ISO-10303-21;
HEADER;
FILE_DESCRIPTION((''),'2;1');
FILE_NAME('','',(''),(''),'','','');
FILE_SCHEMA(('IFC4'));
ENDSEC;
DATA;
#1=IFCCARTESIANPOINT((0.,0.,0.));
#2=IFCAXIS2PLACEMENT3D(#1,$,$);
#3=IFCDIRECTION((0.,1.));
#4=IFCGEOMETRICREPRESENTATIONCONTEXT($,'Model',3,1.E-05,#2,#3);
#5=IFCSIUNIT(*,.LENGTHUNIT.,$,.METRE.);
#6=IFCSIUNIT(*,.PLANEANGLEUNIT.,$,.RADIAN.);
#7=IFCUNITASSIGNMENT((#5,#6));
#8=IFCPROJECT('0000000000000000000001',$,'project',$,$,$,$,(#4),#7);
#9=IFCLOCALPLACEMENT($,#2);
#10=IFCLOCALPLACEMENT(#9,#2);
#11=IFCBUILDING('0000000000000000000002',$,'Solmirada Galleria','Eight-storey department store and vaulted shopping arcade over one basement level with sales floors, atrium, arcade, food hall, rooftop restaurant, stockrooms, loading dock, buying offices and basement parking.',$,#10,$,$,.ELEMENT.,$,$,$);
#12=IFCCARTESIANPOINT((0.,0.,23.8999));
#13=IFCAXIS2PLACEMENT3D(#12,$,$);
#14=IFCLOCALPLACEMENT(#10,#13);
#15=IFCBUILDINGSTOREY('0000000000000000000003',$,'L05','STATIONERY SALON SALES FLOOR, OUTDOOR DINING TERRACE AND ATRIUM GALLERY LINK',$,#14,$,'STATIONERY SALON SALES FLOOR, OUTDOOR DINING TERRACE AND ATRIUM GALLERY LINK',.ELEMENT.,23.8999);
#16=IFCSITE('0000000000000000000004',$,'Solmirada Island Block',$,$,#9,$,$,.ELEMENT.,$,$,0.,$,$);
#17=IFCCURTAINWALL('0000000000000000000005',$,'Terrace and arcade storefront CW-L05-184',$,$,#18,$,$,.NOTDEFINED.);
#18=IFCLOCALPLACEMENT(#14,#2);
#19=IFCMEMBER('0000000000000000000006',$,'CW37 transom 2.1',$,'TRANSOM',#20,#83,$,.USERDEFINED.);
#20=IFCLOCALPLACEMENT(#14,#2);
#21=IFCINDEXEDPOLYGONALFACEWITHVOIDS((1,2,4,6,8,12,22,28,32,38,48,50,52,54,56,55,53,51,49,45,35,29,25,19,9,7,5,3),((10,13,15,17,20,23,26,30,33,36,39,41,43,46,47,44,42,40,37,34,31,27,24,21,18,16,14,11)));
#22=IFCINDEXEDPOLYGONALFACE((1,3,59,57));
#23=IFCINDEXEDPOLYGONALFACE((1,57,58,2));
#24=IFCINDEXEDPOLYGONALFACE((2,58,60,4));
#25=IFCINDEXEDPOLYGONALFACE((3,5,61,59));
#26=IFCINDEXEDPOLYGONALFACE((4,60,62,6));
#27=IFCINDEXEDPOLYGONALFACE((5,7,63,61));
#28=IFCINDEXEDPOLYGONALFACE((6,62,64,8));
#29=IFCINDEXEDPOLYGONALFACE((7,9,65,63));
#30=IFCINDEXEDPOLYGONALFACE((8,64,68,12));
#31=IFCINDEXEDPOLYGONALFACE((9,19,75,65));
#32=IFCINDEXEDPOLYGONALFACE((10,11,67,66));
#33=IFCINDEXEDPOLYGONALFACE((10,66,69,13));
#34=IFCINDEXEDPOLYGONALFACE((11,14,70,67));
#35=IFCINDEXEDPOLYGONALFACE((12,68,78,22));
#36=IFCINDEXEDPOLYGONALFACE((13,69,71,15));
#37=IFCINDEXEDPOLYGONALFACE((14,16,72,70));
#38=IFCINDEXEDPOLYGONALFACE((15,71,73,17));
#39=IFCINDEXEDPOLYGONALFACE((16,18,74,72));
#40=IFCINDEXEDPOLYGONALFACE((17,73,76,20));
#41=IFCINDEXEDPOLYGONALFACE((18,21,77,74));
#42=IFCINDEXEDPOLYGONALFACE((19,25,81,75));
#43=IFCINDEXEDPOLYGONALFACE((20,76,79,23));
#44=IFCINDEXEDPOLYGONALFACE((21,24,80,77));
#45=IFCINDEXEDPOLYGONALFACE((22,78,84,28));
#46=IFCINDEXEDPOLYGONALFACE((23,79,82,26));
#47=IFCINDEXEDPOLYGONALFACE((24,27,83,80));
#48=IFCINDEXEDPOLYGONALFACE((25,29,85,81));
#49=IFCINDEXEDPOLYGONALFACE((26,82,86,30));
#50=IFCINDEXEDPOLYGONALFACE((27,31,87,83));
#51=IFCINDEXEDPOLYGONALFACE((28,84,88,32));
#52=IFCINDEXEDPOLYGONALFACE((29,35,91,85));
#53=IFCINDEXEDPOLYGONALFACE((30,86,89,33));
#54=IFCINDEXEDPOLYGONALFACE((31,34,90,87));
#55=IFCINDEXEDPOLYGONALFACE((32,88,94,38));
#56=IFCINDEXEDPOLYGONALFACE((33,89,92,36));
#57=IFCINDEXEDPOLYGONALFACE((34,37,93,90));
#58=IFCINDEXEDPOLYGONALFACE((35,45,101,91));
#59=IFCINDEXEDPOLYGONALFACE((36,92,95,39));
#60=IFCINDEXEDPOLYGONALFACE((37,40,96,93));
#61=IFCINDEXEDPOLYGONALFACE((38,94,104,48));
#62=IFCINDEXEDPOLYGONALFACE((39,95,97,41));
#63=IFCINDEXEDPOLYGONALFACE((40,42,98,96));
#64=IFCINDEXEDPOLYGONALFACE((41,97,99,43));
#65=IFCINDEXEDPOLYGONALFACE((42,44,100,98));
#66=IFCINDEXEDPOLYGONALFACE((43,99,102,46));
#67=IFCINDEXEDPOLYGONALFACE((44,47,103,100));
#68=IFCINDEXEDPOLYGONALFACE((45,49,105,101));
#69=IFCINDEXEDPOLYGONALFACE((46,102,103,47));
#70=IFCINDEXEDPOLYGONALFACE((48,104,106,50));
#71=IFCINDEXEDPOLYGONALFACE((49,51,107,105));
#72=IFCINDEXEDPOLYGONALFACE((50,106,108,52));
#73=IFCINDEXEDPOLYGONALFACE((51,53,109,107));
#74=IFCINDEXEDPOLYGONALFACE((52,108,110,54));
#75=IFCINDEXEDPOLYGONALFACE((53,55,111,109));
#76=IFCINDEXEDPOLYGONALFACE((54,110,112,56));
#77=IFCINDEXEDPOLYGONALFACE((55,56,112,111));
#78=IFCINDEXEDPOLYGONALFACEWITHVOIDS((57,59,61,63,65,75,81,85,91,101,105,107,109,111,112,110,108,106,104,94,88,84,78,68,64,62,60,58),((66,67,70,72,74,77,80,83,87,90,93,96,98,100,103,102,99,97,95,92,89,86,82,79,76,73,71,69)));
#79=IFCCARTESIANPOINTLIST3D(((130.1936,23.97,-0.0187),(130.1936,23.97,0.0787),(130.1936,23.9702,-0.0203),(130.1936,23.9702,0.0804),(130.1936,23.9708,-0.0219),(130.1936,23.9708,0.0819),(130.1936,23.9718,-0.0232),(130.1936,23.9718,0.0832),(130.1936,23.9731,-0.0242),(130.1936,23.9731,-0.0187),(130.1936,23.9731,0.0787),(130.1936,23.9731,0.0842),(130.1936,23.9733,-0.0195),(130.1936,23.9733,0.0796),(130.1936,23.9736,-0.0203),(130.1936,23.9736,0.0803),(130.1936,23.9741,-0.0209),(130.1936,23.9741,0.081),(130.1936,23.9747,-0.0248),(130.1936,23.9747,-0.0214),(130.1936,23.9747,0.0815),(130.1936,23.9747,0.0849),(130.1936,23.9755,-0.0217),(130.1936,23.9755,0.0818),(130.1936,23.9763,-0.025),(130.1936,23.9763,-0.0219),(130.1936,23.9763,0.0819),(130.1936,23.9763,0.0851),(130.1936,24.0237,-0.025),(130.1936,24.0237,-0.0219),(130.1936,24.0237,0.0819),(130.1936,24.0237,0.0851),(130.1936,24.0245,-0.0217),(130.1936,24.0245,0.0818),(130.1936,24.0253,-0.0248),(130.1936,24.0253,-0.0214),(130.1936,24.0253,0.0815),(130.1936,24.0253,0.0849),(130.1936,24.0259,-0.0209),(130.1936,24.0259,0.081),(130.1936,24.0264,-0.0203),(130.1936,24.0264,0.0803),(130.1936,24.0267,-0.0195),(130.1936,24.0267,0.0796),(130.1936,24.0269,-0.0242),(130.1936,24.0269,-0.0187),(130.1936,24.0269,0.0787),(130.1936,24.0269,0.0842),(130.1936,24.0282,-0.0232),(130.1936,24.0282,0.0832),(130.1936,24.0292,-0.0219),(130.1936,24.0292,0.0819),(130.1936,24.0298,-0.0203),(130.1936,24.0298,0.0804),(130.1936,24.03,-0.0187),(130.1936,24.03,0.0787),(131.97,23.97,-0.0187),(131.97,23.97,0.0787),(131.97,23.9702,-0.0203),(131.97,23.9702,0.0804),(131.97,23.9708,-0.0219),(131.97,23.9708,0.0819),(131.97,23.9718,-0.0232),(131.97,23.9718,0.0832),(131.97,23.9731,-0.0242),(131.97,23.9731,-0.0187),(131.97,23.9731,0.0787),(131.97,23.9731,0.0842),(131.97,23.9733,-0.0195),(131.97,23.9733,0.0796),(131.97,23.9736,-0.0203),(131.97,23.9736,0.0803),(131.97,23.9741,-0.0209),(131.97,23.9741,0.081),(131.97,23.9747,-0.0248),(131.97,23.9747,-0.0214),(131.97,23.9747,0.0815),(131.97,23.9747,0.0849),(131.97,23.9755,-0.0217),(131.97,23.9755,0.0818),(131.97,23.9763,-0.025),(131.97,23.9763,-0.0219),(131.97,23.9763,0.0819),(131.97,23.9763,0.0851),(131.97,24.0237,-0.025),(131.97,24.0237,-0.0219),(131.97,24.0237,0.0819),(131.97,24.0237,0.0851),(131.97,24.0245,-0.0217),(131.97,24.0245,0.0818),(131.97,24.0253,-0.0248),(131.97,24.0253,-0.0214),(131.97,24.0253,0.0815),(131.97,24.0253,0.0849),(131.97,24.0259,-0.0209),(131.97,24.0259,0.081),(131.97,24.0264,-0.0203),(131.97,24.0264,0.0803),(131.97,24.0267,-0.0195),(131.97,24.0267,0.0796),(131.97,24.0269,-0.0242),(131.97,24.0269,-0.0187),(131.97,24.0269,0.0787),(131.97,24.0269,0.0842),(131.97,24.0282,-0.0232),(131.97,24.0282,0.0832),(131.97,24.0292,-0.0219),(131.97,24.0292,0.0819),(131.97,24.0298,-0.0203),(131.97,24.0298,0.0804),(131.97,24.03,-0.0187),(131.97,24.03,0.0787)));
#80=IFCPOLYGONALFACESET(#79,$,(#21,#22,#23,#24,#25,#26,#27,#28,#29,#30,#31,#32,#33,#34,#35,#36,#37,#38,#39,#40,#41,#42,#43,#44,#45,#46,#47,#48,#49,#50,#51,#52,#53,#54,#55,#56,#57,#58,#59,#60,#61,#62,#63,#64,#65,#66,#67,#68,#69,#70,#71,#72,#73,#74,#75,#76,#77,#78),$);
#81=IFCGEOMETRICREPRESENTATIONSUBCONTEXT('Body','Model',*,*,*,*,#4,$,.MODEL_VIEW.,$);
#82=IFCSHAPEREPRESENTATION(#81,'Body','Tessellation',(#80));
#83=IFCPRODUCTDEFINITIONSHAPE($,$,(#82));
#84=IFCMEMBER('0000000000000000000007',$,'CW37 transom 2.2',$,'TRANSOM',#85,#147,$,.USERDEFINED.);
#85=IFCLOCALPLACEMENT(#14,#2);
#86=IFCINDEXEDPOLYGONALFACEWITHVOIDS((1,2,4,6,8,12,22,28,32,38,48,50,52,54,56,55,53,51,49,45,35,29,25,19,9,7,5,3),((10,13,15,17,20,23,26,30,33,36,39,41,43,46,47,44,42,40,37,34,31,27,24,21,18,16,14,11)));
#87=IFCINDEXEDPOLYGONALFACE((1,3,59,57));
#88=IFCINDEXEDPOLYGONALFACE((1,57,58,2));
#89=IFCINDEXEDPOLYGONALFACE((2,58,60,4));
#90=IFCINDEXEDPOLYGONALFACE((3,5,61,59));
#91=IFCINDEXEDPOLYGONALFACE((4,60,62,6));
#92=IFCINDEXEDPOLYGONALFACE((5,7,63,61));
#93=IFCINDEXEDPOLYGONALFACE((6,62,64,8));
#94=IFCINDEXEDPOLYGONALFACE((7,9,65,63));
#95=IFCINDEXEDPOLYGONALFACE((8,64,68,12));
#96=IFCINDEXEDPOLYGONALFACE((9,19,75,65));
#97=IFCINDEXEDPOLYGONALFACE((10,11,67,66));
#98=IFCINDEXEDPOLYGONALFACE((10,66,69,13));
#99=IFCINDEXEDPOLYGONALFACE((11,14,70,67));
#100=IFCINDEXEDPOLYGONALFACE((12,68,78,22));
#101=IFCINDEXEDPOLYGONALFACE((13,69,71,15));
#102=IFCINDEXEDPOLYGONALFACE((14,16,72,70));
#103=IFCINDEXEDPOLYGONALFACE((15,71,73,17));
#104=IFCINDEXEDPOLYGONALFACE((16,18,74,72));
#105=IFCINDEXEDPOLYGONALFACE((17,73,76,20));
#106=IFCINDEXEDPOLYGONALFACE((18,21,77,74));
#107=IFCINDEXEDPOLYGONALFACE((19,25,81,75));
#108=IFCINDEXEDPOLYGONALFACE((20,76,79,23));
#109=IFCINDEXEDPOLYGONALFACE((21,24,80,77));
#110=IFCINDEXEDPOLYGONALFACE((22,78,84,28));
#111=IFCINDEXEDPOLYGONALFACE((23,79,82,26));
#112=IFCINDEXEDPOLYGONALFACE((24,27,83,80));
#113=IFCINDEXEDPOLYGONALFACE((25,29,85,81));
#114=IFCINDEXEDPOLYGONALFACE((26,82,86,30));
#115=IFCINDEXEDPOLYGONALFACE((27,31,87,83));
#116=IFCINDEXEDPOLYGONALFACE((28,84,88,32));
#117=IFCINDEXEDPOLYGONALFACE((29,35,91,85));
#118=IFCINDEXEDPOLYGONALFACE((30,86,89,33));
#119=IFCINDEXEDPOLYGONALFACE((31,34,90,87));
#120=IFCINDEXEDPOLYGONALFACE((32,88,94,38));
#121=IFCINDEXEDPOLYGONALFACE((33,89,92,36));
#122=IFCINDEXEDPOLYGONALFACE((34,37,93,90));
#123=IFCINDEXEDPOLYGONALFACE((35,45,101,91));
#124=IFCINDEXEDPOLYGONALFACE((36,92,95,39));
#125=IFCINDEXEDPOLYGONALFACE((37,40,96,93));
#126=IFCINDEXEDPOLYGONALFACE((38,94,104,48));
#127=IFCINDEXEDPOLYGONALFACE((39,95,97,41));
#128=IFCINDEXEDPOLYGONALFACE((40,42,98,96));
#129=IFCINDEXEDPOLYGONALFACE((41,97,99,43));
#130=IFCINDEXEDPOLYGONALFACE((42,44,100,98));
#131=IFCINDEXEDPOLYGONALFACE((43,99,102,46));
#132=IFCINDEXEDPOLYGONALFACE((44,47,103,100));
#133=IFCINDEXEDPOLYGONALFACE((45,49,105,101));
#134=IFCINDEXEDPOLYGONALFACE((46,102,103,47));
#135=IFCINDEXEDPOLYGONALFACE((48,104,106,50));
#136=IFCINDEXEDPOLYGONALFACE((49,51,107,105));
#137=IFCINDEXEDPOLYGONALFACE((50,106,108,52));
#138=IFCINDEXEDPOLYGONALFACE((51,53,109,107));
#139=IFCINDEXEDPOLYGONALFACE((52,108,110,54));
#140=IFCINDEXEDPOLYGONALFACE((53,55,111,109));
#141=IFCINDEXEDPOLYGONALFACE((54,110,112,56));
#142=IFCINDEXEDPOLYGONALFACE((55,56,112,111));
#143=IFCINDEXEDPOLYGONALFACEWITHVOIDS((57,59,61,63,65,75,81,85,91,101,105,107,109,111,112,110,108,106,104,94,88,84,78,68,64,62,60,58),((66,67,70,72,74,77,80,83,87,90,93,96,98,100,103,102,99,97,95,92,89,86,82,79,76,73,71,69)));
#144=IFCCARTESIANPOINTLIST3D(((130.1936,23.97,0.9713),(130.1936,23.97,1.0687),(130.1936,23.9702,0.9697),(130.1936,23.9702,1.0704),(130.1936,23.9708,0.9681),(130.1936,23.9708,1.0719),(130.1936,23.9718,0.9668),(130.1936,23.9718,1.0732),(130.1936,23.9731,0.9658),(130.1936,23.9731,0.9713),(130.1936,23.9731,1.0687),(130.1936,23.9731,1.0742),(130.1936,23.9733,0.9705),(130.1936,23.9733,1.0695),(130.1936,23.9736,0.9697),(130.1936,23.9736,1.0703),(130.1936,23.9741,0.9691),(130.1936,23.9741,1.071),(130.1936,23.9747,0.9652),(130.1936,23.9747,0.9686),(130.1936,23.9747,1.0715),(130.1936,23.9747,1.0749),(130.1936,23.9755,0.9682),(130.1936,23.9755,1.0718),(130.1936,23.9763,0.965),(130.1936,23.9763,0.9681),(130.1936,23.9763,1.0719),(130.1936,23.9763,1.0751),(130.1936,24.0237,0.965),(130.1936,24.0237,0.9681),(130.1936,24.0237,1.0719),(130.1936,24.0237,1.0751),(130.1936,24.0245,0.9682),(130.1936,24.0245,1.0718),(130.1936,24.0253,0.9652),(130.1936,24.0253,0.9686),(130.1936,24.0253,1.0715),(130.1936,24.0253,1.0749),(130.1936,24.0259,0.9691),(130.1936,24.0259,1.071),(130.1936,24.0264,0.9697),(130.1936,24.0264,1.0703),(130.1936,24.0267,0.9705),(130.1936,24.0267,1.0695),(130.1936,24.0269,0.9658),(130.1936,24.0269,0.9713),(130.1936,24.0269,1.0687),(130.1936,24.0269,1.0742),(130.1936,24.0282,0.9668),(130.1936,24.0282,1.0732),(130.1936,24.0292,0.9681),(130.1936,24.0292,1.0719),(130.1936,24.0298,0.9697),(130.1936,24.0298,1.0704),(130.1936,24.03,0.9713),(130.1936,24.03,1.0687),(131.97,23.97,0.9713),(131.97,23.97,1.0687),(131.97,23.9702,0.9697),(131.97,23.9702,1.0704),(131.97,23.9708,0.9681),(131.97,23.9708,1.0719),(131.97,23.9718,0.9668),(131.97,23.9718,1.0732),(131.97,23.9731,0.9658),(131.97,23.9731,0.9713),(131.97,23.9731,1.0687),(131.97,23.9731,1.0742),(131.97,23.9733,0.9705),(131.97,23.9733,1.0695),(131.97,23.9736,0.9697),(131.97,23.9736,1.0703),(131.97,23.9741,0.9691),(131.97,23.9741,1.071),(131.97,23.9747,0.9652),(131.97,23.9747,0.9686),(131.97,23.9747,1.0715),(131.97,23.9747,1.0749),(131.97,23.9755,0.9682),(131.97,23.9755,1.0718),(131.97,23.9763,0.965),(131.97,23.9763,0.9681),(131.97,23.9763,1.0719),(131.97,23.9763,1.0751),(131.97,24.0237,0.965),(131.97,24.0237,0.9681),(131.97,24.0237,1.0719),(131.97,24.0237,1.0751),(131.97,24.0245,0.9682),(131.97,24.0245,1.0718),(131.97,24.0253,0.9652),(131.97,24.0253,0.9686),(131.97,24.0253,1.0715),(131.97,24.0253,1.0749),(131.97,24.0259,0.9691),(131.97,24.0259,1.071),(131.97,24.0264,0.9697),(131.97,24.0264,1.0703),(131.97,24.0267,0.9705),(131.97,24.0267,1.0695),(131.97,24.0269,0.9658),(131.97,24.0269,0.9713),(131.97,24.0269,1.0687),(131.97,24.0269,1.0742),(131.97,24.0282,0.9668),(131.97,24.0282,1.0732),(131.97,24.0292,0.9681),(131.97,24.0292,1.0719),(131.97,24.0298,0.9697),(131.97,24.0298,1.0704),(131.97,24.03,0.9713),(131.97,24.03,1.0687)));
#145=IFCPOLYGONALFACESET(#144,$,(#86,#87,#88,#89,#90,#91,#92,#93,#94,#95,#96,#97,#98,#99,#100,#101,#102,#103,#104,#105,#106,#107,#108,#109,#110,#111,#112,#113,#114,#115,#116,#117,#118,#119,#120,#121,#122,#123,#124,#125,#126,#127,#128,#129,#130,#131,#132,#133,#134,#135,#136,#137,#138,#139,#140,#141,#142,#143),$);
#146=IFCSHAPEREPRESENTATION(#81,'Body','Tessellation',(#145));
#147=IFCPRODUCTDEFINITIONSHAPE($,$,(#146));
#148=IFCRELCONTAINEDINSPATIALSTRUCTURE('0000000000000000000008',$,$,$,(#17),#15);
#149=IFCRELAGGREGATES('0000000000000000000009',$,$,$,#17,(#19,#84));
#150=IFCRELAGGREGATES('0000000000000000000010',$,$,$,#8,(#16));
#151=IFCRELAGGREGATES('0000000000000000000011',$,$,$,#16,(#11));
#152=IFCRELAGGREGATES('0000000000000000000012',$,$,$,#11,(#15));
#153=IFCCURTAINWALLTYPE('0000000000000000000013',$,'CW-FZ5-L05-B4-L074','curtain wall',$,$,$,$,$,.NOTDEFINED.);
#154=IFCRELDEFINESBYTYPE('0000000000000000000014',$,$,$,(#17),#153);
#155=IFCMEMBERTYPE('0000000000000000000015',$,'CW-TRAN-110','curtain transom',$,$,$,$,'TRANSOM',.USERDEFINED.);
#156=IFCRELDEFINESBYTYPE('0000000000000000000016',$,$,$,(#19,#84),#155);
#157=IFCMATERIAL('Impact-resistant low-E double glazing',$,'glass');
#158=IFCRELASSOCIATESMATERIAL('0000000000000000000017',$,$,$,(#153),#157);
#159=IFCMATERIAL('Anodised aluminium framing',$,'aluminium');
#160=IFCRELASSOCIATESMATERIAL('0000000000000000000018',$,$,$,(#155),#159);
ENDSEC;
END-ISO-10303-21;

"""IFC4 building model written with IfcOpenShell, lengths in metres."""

from ifc_helpers import new_model, si_unit, direction, frame, origin, origin_2d, place, context, subcontext, project, spatial, hollow_rectangle, extrude, material, material_profile, profile_set, type_object, element, aggregate, save


model = new_model("IFC4")

# Units and contexts
model_context = context("Model", 3, precision=1e-05, world=origin(), true_north=direction((0.0, 1.0)))
body_context = subcontext(model_context, "Body", "Model", "MODEL_VIEW")
ifc_project = project(units=[si_unit("LENGTHUNIT", "METRE"), si_unit("PLANEANGLEUNIT", "RADIAN")], contexts=[model_context])

# Site, building, storey
site_placement = place(None, origin())
site = spatial("IfcSite", under=ifc_project, at=site_placement, Name="Solmirada Island Block", CompositionType="ELEMENT", RefElevation=0.0)
building_placement = place(site_placement, origin())
building = spatial("IfcBuilding", under=site, at=building_placement, Name="Solmirada Galleria", Description="Eight-storey department store and vaulted shopping arcade over one basement level with sales floors, atrium, arcade, food hall, rooftop restaurant, stockrooms, loading dock, buying offices and basement parking.", CompositionType="ELEMENT")
storey_placement = place(building_placement, frame((0.0, 0.0, 23.8999)))
storey = spatial("IfcBuildingStorey", under=building, at=storey_placement, Name="L05", Description="STATIONERY SALON SALES FLOOR, OUTDOOR DINING TERRACE AND ATRIUM GALLERY LINK", LongName="STATIONERY SALON SALES FLOOR, OUTDOOR DINING TERRACE AND ATRIUM GALLERY LINK", CompositionType="ELEMENT", Elevation=23.8999)

# Curtain wall, members
ifc_material_1 = material(Name="Impact-resistant low-E double glazing", Category="glass")
curtain_wall_type = type_object("IfcCurtainWallType", Name="CW-FZ5-L05-B4-L074", Description="curtain wall", PredefinedType="NOTDEFINED", material=ifc_material_1)
curtain_wall_placement = place(storey_placement, origin())
curtain_wall = element("IfcCurtainWall", 1, at=curtain_wall_placement, inside=storey, type_object=curtain_wall_type, Name="Terrace and arcade storefront CW-L05-184", PredefinedType="NOTDEFINED")
ifc_material_2 = material(Name="Anodised aluminium framing", Category="aluminium")
ifc_material_profile_1 = material_profile(ifc_material_2, hollow_rectangle(XDim=0.0601, YDim=0.1101, WallThickness=0.0032, InnerFilletRadius=0.0032, OuterFilletRadius=0.0063, at=origin_2d()), Name="ALU-TRAN-110X60")
ifc_profile_set_1 = profile_set([ifc_material_profile_1], Name="Anodised aluminium framing")
member_type_1 = type_object("IfcMemberType", Name="CW-TRAN-110", Description="curtain transom", ElementType="TRANSOM", PredefinedType="USERDEFINED", material=ifc_profile_set_1)
member_1_placement = place(storey_placement, frame((130.1936, 24.0, 0.03), z_axis=(1.0, 0.0, 0.0), x_axis=(0.0, 1.0, 0.0)))
member_1 = element("IfcMember", 2, at=member_1_placement, type_object=member_type_1, Name="CW37 transom 2.1", ObjectType="TRANSOM", PredefinedType="USERDEFINED", context=body_context, shape_type="SweptSolid", body=[
    extrude(hollow_rectangle(XDim=0.0601, YDim=0.1101, WallThickness=0.0032, InnerFilletRadius=0.0032, OuterFilletRadius=0.0063, at=origin_2d()), origin(), (0.0, 0.0, 1.0), 1.7764),
])
member_2_placement = place(storey_placement, frame((130.1936, 24.0, 1.02), z_axis=(1.0, 0.0, 0.0), x_axis=(0.0, 1.0, 0.0)))
member_2 = element("IfcMember", 3, at=member_2_placement, type_object=member_type_1, Name="CW37 transom 2.2", ObjectType="TRANSOM", PredefinedType="USERDEFINED", context=body_context, shape_type="SweptSolid", body=[
    extrude(hollow_rectangle(XDim=0.0601, YDim=0.1101, WallThickness=0.0032, InnerFilletRadius=0.0032, OuterFilletRadius=0.0063, at=origin_2d()), origin(), (0.0, 0.0, 1.0), 1.7764),
])
aggregate(curtain_wall, [member_1, member_2])

save(model, "model.ifc")
